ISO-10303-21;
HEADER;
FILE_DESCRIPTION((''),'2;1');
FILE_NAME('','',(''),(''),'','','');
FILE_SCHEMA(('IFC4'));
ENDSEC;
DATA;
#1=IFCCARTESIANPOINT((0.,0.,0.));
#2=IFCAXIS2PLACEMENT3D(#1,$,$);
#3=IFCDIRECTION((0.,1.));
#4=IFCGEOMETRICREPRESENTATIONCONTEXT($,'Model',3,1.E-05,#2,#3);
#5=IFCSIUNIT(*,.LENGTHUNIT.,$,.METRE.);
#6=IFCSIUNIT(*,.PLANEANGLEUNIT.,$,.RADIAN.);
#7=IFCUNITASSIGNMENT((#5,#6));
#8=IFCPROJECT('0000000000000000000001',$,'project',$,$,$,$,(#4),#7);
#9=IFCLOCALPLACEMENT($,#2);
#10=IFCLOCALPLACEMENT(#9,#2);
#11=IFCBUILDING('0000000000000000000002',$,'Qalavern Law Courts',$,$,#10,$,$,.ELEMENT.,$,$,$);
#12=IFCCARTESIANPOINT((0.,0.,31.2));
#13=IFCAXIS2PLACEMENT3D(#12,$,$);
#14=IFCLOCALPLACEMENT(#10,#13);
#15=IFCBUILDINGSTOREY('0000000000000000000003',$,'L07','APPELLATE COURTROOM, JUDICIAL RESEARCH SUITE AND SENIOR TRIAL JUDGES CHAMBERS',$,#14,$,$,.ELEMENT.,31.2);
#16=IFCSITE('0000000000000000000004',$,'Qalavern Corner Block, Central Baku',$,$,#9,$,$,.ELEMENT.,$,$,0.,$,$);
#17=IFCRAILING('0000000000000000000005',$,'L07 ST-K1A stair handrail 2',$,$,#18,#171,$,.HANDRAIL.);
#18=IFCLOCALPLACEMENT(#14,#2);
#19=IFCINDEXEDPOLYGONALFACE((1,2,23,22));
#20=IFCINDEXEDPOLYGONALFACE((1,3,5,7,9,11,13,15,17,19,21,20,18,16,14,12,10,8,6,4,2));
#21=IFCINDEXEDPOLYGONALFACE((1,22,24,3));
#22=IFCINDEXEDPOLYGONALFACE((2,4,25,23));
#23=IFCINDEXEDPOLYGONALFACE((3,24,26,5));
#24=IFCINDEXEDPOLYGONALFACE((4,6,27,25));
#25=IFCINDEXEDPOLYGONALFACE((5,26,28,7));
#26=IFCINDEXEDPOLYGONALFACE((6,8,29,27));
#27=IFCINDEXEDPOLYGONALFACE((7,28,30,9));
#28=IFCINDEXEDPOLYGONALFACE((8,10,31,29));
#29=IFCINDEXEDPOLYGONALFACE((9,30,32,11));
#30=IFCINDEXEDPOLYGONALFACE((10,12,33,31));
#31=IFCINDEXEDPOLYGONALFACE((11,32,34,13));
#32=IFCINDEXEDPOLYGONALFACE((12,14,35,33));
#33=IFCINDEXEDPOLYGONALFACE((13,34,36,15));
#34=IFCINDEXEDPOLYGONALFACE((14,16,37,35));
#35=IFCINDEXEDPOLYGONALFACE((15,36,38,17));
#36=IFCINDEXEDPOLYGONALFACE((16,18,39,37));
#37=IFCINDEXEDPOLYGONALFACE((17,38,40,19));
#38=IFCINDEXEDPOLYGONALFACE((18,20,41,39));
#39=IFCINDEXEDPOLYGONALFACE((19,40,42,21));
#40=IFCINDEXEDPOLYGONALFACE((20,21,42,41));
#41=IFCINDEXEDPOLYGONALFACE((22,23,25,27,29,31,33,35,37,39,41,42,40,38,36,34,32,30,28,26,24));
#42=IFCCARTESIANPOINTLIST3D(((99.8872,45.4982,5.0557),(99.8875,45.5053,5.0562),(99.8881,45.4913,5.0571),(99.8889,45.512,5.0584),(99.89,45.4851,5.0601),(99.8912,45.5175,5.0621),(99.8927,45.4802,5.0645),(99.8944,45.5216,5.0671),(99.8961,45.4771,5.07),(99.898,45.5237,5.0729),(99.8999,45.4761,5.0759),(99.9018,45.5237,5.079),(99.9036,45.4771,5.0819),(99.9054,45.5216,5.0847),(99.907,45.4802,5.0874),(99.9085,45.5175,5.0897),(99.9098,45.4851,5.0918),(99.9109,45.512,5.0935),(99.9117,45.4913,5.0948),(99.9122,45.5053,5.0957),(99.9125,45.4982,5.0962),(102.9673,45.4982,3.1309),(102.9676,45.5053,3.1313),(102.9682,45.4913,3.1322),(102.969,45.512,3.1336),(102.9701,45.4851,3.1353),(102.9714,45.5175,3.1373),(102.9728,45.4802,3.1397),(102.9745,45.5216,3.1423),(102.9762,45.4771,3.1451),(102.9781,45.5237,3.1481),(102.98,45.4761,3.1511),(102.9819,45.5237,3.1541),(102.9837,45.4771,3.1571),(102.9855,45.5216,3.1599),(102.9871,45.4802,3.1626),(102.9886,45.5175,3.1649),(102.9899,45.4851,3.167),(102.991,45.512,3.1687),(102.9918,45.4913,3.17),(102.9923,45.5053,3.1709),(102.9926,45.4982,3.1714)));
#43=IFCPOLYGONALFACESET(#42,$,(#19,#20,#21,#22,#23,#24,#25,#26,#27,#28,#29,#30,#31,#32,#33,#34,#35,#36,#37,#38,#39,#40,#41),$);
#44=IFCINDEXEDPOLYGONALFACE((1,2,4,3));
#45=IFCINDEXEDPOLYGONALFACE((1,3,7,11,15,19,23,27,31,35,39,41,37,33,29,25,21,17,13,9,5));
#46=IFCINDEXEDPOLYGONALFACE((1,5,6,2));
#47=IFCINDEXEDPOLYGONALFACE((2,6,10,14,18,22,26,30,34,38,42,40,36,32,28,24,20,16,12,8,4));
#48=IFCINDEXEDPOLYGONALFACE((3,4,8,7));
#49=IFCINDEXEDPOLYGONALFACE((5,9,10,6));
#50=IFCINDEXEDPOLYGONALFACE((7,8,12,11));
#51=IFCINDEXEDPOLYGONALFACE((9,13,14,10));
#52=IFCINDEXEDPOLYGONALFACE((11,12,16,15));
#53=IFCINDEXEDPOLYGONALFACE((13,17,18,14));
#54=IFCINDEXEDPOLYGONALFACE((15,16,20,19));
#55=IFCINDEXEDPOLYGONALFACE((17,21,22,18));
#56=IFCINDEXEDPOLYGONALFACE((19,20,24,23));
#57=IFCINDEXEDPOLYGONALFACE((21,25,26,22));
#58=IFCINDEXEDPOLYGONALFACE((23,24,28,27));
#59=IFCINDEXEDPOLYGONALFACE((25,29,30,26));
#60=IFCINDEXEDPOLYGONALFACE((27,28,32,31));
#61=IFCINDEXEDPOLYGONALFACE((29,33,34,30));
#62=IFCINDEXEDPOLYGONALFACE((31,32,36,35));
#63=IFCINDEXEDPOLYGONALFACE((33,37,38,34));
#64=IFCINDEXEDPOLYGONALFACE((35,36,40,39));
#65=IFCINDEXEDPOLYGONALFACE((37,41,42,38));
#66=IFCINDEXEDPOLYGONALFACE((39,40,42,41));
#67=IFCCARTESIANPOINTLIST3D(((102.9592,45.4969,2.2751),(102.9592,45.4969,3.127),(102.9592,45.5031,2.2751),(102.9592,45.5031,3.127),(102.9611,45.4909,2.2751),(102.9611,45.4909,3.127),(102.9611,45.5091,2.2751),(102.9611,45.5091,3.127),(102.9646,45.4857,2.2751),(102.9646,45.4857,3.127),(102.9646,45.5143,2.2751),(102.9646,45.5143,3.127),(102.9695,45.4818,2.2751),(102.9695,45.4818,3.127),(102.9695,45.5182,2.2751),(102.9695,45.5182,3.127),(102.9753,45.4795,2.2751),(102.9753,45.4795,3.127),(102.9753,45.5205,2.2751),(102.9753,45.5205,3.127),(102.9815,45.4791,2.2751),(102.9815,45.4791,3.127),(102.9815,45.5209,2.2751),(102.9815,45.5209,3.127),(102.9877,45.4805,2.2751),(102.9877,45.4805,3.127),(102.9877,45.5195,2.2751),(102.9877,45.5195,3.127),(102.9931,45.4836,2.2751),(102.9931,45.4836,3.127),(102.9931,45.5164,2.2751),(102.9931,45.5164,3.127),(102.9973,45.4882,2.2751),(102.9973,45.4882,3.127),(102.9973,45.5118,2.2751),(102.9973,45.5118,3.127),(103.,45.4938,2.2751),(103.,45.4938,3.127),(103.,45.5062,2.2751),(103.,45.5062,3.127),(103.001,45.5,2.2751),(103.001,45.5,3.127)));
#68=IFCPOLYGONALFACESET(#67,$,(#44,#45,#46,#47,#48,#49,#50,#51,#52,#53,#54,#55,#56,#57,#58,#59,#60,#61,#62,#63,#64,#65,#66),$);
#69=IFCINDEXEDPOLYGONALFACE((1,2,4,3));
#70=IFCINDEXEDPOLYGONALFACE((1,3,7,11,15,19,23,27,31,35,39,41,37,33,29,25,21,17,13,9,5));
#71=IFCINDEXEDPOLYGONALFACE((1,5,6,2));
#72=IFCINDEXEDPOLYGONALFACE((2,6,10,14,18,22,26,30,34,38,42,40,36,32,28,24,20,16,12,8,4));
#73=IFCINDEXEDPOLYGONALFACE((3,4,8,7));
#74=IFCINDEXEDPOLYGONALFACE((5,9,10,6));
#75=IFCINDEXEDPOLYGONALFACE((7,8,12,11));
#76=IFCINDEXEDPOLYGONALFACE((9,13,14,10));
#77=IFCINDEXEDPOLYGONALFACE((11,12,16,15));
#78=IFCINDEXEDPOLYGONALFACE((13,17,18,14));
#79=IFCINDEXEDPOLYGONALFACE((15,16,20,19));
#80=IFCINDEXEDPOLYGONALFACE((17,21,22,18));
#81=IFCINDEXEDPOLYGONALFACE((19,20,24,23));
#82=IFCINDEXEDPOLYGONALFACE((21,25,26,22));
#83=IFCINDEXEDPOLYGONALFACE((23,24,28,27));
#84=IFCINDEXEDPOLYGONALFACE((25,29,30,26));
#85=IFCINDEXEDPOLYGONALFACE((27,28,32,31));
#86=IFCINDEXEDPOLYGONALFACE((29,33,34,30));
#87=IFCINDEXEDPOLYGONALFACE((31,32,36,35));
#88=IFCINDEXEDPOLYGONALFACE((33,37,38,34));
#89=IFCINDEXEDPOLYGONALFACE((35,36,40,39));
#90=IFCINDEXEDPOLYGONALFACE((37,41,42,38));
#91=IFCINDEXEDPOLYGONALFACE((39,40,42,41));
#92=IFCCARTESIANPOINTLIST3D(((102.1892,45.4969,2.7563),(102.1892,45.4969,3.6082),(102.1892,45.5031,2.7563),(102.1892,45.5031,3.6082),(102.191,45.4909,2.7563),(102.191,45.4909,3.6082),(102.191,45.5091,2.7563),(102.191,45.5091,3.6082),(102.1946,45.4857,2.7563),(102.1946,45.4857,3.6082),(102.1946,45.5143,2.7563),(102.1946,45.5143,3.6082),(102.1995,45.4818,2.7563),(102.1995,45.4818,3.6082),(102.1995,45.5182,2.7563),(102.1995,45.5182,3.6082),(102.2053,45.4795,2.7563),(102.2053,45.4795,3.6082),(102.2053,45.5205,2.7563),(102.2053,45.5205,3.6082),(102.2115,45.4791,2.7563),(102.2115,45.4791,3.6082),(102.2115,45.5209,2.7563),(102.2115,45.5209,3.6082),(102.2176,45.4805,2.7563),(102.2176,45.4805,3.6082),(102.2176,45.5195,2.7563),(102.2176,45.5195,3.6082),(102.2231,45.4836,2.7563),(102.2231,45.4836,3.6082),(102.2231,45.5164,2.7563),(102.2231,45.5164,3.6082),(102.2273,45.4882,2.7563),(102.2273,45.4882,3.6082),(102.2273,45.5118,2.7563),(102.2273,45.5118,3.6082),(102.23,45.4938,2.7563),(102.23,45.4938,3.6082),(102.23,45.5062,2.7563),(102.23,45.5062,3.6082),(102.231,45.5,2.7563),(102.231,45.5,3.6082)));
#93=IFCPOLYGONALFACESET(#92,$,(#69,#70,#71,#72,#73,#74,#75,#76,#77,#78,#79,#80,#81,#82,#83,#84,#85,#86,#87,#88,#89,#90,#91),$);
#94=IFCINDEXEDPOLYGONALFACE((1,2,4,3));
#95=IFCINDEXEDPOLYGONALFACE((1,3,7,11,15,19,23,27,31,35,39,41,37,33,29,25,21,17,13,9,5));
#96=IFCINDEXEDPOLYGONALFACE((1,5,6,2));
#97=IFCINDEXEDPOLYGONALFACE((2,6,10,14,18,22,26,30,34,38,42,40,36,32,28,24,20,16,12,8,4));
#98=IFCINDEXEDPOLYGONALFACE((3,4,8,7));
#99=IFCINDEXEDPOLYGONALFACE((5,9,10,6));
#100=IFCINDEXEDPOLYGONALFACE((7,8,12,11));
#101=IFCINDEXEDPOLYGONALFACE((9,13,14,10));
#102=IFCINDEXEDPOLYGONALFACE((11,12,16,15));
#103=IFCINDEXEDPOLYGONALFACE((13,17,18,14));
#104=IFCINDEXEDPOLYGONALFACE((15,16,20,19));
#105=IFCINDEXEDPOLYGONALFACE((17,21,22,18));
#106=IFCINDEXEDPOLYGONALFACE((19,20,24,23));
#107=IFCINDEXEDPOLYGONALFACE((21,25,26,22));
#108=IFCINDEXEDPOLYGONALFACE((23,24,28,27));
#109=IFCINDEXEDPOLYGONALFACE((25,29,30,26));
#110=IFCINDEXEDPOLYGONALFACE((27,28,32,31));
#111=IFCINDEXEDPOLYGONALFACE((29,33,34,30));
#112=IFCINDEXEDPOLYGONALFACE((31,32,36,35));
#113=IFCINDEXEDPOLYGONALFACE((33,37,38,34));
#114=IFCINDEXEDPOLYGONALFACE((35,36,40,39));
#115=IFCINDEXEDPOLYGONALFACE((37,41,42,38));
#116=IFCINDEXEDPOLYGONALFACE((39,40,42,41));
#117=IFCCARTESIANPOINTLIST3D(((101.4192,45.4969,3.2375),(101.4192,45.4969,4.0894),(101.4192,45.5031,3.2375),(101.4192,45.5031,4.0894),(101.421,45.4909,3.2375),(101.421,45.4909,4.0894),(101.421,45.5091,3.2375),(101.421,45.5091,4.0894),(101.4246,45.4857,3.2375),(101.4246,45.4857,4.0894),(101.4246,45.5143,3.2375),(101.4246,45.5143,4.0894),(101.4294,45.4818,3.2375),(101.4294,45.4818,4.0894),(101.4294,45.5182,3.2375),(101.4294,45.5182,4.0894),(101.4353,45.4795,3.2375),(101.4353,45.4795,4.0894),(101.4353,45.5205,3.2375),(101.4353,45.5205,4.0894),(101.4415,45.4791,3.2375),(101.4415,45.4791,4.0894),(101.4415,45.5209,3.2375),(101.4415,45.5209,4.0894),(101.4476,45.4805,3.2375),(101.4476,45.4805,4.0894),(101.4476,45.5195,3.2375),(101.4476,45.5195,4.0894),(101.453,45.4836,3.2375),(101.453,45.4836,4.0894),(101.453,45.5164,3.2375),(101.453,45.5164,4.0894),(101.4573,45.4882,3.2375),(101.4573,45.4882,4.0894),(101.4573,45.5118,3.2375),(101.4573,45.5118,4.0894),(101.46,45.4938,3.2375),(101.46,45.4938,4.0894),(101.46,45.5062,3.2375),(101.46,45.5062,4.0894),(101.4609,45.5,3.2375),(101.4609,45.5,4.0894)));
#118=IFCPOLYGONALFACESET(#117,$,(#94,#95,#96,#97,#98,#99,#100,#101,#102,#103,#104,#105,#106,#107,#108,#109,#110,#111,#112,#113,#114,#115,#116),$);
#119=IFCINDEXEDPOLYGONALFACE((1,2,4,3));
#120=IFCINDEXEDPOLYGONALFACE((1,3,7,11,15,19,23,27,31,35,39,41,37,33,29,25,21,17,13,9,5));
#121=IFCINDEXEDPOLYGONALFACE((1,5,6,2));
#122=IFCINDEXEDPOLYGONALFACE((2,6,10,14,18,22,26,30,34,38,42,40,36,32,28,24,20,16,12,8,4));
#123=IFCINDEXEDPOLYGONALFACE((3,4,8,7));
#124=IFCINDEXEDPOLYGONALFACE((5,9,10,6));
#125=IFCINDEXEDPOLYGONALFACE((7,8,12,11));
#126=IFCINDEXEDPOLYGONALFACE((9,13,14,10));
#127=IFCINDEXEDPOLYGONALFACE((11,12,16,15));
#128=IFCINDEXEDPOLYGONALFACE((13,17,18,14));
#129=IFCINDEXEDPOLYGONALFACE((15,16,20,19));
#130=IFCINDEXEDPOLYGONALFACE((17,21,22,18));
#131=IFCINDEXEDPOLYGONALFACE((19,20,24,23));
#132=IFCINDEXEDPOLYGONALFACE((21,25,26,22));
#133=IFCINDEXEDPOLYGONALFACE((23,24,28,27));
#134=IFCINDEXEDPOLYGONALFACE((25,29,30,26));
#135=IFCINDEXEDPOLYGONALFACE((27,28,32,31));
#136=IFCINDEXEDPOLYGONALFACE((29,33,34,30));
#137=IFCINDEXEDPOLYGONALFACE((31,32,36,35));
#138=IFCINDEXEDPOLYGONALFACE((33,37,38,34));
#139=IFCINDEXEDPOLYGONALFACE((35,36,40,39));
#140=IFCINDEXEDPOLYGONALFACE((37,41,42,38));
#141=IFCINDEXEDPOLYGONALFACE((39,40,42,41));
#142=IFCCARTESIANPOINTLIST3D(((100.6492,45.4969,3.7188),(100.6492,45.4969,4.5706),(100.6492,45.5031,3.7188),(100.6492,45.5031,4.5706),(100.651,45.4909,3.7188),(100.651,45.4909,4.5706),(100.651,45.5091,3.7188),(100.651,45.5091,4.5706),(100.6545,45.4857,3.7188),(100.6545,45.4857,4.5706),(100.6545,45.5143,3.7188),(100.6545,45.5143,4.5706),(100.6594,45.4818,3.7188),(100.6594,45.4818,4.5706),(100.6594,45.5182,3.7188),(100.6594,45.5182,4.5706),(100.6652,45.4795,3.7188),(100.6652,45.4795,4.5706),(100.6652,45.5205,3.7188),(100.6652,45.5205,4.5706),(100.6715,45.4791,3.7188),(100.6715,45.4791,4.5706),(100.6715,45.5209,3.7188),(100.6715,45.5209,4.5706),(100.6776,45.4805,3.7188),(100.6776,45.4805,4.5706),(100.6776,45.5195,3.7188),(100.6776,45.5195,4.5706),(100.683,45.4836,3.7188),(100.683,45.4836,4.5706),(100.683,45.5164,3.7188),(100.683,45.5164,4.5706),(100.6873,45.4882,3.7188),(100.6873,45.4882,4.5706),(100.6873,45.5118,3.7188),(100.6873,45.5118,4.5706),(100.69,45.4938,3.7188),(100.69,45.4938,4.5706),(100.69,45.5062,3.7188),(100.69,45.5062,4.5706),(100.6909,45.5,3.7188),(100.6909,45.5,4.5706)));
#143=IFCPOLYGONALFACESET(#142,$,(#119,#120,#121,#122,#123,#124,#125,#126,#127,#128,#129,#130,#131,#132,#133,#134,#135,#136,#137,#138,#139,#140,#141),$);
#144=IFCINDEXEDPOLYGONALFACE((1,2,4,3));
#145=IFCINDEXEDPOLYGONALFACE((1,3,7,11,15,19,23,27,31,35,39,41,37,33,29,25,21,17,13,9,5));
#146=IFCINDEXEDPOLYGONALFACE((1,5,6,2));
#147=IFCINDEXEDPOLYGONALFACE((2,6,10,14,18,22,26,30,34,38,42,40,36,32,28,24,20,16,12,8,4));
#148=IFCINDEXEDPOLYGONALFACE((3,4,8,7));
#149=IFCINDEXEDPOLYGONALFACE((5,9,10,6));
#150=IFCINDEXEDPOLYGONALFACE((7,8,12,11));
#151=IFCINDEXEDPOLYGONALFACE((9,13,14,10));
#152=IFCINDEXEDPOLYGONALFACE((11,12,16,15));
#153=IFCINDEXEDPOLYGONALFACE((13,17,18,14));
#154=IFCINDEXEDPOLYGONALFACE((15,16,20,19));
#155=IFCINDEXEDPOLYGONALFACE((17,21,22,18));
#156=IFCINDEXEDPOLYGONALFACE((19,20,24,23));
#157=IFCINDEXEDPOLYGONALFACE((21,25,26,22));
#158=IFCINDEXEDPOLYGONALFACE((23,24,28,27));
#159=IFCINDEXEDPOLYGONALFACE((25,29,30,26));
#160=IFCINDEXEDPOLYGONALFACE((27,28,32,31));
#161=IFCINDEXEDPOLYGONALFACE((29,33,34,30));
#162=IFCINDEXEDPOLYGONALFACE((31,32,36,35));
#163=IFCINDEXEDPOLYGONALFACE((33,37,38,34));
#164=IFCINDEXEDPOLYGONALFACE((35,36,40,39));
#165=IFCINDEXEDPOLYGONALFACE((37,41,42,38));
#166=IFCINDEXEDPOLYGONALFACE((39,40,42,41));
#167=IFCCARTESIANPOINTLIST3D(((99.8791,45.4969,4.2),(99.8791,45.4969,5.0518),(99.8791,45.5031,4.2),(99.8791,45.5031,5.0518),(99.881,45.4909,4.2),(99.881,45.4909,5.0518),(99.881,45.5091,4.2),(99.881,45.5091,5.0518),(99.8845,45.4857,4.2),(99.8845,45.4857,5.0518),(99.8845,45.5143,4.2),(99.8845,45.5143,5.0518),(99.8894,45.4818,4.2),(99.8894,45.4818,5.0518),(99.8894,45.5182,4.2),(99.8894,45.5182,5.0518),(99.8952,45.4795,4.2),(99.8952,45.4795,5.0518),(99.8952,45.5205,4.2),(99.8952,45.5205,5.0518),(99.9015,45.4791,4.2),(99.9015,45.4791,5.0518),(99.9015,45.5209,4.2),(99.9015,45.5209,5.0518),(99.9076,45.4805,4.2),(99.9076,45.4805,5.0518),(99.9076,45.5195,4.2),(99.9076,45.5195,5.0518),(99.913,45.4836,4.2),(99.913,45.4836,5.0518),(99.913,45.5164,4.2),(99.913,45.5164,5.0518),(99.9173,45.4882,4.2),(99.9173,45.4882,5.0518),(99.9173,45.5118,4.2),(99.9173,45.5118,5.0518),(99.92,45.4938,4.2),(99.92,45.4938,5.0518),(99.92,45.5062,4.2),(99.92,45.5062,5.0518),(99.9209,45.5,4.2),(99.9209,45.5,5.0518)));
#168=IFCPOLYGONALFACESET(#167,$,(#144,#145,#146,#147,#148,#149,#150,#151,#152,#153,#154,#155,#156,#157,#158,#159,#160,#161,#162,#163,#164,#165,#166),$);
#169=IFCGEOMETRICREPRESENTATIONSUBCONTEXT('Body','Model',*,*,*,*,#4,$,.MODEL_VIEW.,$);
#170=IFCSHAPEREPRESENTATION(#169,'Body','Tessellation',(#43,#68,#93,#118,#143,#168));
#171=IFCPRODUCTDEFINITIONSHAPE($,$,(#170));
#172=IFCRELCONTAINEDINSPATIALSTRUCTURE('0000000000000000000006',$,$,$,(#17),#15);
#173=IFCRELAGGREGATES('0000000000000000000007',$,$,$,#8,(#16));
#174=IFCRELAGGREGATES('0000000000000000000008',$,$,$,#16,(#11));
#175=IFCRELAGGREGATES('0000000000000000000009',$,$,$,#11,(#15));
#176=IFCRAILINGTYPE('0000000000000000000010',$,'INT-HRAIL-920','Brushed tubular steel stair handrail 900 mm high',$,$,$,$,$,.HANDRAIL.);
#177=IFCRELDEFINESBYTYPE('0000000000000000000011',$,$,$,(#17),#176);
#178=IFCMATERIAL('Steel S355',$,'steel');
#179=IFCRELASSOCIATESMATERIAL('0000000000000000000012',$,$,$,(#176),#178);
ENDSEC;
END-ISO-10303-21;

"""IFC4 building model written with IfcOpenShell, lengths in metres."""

from ifc_helpers import new_model, si_unit, direction, frame, origin, origin_2d, place, context, subcontext, project, spatial, circle, extrude, material, type_object, element, save


model = new_model("IFC4")

# Units and contexts
model_context = context("Model", 3, precision=1e-05, world=origin(), true_north=direction((0.0, 1.0)))
body_context = subcontext(model_context, "Body", "Model", "MODEL_VIEW")
ifc_project = project(units=[si_unit("LENGTHUNIT", "METRE"), si_unit("PLANEANGLEUNIT", "RADIAN")], contexts=[model_context])

# Site, building, storey
site_placement = place(None, origin())
site = spatial("IfcSite", under=ifc_project, at=site_placement, Name="Qalavern Corner Block, Central Baku", CompositionType="ELEMENT", RefElevation=0.0)
building_placement = place(site_placement, origin())
building = spatial("IfcBuilding", under=site, at=building_placement, Name="Qalavern Law Courts", CompositionType="ELEMENT")
storey_placement = place(building_placement, frame((0.0, 0.0, 31.2)))
storey = spatial("IfcBuildingStorey", under=building, at=storey_placement, Name="L07", Description="APPELLATE COURTROOM, JUDICIAL RESEARCH SUITE AND SENIOR TRIAL JUDGES CHAMBERS", CompositionType="ELEMENT", Elevation=31.2)

# Railing
ifc_material_1 = material(Name="Steel S355", Category="steel")
railing_type_1 = type_object("IfcRailingType", Name="INT-HRAIL-920", Description="Brushed tubular steel stair handrail 900 mm high", PredefinedType="HANDRAIL", material=ifc_material_1)
railing_1_placement = place(storey_placement, frame((102.98, 45.5, 2.2751)))
element("IfcRailing", 1, at=railing_1_placement, inside=storey, type_object=railing_type_1, Name="L07 ST-K1A stair handrail 2", PredefinedType="HANDRAIL", context=body_context, shape_type="SweptSolid", body=[
    extrude(circle(Radius=0.0239, at=origin_2d()), frame((0.0, 0.0, 0.876), z_axis=(-0.848029, 0.0, 0.529951), x_axis=(0.0, -1.0, 0.0)), (0.0, 0.0, 1.0), 3.6321),
    extrude(circle(Radius=0.021, at=origin_2d()), origin(), (0.0, 0.0, 1.0), 0.8518),
    extrude(circle(Radius=0.021, at=origin_2d()), frame((-0.77, 0.0, 0.4812)), (0.0, 0.0, 1.0), 0.8518),
    extrude(circle(Radius=0.021, at=origin_2d()), frame((-1.54, 0.0, 0.9624)), (0.0, 0.0, 1.0), 0.8518),
    extrude(circle(Radius=0.021, at=origin_2d()), frame((-2.3101, 0.0, 1.4436)), (0.0, 0.0, 1.0), 0.8518),
    extrude(circle(Radius=0.021, at=origin_2d()), frame((-3.0801, 0.0, 1.9248)), (0.0, 0.0, 1.0), 0.8518),
])

save(model, "model.ifc")
